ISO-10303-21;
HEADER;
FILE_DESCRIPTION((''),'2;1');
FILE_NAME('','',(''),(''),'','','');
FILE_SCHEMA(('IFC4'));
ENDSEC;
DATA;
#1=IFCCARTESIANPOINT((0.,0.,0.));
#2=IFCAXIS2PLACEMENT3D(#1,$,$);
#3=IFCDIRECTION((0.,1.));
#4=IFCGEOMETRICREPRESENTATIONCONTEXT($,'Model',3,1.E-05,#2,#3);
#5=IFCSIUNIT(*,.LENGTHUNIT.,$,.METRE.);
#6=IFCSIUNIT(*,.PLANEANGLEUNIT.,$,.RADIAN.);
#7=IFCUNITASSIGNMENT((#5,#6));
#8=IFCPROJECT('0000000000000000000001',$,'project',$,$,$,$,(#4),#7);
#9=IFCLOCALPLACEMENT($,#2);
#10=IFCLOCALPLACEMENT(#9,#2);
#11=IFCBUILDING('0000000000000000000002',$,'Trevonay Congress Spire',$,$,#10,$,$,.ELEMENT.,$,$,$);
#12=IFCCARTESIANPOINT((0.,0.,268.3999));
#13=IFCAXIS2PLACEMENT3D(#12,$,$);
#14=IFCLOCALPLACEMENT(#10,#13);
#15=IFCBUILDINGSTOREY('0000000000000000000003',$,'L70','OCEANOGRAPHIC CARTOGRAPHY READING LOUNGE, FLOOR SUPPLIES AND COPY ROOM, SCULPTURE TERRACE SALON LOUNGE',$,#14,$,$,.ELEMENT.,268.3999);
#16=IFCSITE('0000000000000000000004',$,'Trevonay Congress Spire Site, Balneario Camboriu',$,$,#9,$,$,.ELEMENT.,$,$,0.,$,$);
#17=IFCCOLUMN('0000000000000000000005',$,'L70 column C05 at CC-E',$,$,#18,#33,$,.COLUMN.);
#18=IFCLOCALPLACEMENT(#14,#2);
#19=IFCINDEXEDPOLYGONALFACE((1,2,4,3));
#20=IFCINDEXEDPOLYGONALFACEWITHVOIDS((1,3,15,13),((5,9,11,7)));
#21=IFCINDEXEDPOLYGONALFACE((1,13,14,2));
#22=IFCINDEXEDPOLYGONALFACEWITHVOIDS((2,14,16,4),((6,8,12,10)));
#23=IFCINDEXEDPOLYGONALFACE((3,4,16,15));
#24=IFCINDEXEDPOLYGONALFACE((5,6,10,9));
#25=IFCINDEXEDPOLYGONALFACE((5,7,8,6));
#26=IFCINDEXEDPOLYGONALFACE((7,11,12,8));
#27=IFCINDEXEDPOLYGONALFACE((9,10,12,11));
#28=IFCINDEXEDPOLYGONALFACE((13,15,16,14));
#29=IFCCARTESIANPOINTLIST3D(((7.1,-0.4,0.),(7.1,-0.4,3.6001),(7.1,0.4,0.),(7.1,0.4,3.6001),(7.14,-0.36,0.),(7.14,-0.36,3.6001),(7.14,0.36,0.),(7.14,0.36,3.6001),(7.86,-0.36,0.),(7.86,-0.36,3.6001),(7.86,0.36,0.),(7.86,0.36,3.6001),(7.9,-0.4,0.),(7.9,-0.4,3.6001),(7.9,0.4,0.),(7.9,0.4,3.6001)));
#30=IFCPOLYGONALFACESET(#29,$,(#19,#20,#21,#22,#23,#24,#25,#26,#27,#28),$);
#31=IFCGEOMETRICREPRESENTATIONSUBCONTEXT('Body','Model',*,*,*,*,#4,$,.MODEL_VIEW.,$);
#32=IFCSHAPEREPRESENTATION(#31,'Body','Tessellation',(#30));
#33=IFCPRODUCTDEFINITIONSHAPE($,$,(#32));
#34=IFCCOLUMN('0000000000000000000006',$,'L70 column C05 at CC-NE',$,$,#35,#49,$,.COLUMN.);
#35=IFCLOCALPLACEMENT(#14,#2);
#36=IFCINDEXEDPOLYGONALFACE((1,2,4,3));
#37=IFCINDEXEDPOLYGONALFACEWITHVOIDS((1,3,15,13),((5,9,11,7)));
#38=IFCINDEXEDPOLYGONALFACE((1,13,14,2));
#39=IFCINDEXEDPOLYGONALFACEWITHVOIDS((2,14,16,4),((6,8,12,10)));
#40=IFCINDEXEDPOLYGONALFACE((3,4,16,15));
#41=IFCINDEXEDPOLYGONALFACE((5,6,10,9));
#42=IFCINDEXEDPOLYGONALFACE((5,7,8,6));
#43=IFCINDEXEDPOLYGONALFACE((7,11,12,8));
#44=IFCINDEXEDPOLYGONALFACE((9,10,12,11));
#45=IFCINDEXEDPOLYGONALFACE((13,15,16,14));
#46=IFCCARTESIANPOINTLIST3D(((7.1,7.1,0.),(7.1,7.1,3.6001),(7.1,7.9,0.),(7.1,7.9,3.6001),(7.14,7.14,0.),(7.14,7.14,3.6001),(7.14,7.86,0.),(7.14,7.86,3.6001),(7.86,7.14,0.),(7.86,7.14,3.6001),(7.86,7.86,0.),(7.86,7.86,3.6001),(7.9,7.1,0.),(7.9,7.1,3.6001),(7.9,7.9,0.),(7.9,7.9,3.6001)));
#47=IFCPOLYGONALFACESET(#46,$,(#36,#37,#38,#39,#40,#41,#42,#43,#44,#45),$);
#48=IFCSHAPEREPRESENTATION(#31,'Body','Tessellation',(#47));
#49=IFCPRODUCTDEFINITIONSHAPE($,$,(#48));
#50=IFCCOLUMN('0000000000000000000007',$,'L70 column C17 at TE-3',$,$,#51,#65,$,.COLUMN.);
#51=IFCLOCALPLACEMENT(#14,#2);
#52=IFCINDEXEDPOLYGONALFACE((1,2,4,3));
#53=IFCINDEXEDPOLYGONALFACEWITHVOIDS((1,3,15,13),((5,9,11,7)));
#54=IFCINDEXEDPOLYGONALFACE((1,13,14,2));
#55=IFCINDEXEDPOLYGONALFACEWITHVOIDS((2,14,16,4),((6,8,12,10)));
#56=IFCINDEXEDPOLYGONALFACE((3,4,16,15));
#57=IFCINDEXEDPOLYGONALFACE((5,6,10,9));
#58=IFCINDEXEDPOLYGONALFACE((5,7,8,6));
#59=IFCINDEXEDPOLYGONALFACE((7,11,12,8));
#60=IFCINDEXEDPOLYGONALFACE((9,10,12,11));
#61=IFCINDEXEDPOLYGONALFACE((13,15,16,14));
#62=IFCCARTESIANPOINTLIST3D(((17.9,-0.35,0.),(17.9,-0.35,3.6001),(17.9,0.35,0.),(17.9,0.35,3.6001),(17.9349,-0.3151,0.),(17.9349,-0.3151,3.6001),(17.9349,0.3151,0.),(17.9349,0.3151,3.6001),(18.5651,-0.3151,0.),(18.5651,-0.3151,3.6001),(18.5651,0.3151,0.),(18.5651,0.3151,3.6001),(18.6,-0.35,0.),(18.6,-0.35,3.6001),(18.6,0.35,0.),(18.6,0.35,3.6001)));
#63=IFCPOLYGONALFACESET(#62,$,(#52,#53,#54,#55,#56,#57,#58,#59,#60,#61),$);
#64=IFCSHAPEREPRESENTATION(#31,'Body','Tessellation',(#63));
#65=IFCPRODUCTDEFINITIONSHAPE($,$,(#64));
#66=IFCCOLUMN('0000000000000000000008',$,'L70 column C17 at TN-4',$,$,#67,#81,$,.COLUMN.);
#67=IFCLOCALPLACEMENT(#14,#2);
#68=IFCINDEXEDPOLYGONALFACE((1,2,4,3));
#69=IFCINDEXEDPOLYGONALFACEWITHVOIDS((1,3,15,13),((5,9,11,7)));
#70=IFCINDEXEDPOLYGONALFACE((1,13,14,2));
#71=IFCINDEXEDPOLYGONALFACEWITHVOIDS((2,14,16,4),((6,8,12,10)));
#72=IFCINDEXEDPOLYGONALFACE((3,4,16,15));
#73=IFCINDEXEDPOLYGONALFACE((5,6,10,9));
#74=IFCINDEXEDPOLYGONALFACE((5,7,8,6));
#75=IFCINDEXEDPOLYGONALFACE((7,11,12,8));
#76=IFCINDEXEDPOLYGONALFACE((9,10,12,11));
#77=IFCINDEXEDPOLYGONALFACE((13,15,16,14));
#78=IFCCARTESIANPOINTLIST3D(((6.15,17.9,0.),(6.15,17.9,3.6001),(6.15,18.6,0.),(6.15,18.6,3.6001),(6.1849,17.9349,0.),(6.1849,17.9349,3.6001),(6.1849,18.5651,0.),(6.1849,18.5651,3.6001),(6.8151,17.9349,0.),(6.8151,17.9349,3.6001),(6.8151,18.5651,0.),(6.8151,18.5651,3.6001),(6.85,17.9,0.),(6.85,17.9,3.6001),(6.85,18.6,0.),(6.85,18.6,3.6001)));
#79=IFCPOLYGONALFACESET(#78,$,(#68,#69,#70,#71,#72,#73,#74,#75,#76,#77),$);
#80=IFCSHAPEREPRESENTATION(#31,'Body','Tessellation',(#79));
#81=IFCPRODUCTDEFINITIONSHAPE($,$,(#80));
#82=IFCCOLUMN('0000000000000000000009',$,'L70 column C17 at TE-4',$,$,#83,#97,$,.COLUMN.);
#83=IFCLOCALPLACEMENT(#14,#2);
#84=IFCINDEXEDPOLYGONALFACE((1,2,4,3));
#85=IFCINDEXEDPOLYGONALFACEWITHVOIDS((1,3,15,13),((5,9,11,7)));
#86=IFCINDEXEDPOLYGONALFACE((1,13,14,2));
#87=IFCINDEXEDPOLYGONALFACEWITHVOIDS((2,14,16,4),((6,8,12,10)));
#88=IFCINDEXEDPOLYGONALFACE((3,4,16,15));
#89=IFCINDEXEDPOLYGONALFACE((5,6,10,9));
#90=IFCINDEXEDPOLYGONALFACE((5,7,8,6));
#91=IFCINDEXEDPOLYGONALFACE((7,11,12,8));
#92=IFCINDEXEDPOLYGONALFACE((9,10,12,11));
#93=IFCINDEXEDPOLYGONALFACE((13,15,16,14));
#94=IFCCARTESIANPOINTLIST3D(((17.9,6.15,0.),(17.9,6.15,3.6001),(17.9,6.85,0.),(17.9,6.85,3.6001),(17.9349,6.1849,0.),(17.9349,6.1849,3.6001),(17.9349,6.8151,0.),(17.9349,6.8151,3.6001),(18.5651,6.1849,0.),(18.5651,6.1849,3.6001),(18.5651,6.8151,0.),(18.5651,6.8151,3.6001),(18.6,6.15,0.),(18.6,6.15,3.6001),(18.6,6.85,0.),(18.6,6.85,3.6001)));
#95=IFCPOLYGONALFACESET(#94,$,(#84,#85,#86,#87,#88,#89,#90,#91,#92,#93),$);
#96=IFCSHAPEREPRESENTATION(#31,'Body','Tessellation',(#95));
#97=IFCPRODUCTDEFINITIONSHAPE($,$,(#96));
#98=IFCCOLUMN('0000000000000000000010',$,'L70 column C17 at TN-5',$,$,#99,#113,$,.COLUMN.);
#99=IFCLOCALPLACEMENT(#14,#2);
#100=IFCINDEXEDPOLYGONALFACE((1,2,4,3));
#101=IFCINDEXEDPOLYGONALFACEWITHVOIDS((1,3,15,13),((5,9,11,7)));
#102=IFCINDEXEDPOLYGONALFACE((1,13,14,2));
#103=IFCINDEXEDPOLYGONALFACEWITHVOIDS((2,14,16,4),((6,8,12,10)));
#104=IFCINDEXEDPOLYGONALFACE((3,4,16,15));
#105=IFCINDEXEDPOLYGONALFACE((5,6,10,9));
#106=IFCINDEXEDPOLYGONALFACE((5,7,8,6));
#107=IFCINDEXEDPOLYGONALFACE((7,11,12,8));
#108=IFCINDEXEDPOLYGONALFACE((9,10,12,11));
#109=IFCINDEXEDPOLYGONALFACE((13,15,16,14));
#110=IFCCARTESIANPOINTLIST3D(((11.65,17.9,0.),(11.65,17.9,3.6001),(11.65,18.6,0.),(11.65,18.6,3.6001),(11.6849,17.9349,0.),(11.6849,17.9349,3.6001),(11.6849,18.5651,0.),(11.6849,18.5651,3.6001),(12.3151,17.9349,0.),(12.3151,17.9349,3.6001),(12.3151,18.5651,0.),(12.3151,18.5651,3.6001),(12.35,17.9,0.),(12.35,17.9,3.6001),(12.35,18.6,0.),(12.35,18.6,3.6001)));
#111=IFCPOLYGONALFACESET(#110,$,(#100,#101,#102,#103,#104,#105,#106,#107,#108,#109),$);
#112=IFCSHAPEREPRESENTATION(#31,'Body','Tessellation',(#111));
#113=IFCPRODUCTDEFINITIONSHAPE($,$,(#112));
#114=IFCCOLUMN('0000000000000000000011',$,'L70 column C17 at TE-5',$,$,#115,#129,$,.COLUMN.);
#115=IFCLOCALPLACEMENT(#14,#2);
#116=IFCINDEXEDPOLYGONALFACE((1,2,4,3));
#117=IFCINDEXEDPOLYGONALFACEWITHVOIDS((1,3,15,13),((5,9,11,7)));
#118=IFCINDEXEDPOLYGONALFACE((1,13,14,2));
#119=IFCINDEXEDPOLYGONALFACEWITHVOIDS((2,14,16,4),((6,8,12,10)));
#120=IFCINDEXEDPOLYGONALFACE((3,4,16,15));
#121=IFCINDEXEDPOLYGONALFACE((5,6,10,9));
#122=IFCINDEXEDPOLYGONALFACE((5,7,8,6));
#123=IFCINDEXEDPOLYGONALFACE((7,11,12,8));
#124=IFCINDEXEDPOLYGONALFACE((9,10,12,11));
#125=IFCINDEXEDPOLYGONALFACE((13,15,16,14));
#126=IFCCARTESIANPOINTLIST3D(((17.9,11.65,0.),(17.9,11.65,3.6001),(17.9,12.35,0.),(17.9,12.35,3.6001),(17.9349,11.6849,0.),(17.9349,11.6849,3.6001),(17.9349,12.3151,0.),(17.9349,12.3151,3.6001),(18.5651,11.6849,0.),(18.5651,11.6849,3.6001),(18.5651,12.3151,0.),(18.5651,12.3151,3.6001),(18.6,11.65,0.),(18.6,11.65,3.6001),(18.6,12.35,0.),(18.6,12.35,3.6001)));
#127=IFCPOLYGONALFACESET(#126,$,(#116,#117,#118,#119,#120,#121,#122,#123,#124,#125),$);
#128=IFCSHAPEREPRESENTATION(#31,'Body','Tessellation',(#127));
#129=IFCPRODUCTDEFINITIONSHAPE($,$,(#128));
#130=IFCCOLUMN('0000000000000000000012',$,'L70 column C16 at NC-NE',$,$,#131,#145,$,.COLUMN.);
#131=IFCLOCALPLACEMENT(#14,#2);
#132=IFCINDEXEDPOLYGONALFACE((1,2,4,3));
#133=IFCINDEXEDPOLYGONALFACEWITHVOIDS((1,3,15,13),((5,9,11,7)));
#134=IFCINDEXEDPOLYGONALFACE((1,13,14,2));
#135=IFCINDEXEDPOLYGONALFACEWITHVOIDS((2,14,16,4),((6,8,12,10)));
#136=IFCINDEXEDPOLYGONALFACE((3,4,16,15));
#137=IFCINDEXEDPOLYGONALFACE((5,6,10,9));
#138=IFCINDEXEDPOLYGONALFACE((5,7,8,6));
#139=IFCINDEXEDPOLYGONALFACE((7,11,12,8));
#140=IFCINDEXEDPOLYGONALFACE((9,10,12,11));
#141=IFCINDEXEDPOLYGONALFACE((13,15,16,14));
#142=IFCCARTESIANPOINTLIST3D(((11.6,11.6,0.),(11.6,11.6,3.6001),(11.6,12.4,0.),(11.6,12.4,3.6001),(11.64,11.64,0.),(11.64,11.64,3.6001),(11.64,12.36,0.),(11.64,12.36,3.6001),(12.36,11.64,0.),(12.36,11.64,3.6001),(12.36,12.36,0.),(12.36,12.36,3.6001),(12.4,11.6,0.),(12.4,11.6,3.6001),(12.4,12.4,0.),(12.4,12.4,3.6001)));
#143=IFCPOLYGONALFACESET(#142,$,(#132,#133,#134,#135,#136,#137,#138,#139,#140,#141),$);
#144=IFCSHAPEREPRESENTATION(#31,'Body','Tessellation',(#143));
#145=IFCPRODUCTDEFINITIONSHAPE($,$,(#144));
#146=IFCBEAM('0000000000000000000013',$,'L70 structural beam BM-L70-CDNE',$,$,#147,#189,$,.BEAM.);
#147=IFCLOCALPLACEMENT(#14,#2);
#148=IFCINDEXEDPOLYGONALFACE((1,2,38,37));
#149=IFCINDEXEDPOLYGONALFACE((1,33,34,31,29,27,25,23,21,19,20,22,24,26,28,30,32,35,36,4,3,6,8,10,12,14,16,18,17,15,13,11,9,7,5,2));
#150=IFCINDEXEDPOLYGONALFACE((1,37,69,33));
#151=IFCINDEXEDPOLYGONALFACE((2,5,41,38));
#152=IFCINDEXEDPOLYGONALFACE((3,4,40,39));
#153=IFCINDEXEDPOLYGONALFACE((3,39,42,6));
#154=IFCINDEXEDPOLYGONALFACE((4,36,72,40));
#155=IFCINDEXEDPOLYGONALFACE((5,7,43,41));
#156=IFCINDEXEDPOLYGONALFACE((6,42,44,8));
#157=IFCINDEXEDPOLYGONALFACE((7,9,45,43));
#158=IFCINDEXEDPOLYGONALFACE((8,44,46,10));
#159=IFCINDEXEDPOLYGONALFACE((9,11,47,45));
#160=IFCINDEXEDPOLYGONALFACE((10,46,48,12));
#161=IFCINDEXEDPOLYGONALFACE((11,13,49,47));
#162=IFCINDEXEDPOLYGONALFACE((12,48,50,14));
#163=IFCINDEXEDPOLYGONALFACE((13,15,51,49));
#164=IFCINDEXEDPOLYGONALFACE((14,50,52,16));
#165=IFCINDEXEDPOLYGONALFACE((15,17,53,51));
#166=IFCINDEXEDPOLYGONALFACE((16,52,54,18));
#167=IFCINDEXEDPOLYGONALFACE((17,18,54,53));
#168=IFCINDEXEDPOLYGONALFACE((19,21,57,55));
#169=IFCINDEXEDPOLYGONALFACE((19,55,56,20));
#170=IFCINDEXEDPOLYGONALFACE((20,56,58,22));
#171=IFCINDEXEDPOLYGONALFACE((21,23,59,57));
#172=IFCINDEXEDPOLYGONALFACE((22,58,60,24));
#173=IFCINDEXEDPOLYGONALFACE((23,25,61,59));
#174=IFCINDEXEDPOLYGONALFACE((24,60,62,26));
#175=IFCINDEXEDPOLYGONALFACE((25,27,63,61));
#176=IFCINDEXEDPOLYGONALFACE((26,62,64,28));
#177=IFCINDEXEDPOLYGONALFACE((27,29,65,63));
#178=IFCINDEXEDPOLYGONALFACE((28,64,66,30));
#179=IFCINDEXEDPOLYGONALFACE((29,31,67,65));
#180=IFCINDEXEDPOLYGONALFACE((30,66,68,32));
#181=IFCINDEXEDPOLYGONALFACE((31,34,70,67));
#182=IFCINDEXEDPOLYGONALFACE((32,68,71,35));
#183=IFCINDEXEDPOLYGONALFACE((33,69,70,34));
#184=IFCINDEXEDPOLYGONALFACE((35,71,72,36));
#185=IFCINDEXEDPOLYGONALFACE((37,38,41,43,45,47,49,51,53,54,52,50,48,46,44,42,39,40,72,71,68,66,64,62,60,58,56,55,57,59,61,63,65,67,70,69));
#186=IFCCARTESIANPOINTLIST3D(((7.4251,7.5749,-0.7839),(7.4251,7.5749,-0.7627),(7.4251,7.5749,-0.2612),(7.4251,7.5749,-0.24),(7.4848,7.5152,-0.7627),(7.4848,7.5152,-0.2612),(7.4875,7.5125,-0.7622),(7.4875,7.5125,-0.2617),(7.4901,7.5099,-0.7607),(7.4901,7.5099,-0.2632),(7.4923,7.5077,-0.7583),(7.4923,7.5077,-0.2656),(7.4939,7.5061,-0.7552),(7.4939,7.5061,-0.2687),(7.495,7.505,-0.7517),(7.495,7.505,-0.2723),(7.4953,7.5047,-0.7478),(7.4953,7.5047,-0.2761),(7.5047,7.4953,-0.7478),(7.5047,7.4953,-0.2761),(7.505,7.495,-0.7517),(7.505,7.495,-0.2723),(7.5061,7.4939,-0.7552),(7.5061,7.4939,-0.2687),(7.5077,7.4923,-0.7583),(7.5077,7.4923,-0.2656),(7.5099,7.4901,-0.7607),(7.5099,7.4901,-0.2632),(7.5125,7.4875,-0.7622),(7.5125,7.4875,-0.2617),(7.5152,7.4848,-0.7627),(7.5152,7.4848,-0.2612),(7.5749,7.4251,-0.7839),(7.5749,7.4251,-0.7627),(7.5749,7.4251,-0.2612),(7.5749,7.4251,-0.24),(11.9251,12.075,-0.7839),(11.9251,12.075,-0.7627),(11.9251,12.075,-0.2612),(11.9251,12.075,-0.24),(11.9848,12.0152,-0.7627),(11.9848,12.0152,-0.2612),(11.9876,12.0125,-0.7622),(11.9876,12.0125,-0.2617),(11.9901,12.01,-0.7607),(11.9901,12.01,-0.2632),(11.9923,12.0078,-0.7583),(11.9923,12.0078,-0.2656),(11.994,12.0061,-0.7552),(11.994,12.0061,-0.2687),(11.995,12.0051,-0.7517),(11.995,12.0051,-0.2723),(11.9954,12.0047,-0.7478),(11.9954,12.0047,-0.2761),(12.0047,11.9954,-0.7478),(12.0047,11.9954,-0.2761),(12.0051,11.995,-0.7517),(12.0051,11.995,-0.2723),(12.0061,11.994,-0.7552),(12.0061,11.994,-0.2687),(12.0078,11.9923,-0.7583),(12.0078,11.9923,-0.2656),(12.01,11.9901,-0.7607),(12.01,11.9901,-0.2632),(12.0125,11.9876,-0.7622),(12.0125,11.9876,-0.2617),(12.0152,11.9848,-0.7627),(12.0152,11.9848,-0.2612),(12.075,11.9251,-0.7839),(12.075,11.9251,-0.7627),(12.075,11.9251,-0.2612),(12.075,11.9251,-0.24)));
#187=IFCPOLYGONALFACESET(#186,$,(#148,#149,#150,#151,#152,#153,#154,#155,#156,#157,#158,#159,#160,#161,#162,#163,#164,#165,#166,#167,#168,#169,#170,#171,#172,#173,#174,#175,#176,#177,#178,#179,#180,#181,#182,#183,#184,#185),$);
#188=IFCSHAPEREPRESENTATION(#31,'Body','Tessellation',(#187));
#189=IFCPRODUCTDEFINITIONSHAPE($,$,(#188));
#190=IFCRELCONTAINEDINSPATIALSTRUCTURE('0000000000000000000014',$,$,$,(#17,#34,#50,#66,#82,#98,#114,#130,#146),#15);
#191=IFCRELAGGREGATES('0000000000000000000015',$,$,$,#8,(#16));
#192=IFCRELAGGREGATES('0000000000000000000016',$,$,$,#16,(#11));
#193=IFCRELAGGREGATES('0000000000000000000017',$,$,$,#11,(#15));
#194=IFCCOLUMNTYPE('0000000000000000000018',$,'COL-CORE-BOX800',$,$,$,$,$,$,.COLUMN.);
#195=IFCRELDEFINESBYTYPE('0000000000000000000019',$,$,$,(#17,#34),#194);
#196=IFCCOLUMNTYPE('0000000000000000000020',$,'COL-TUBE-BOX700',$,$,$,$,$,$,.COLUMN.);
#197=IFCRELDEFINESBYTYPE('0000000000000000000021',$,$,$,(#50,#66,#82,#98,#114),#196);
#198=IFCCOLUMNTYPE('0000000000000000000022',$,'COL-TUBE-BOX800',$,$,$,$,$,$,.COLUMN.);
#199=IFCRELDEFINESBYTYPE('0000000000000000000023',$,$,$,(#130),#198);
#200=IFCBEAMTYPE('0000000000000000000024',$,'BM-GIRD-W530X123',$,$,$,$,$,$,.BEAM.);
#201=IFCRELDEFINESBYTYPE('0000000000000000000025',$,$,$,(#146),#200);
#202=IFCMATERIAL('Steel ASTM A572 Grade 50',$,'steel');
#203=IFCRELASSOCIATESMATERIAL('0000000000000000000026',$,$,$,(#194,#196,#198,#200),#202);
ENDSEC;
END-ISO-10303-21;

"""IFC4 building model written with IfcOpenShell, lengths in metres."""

from ifc_helpers import new_model, si_unit, direction, frame, origin, origin_2d, place, context, subcontext, project, spatial, hollow_rectangle, i_section, extrude, material, material_profile, profile_set, type_object, element, save


model = new_model("IFC4")

# Units and contexts
model_context = context("Model", 3, precision=1e-05, world=origin(), true_north=direction((0.0, 1.0)))
body_context = subcontext(model_context, "Body", "Model", "MODEL_VIEW")
ifc_project = project(units=[si_unit("LENGTHUNIT", "METRE"), si_unit("PLANEANGLEUNIT", "RADIAN")], contexts=[model_context])

# Site, building, storey
site_placement = place(None, origin())
site = spatial("IfcSite", under=ifc_project, at=site_placement, Name="Trevonay Congress Spire Site, Balneario Camboriu", CompositionType="ELEMENT", RefElevation=0.0)
building_placement = place(site_placement, origin())
building = spatial("IfcBuilding", under=site, at=building_placement, Name="Trevonay Congress Spire", CompositionType="ELEMENT")
storey_placement = place(building_placement, frame((0.0, 0.0, 268.3999)))
storey = spatial("IfcBuildingStorey", under=building, at=storey_placement, Name="L70", Description="OCEANOGRAPHIC CARTOGRAPHY READING LOUNGE, FLOOR SUPPLIES AND COPY ROOM, SCULPTURE TERRACE SALON LOUNGE", CompositionType="ELEMENT", Elevation=268.3999)

# Columns
ifc_material_1 = material(Name="Steel ASTM A572 Grade 50", Category="steel")
ifc_material_profile_1 = material_profile(ifc_material_1, hollow_rectangle(XDim=0.8, YDim=0.8, WallThickness=0.04, at=origin_2d()), Name="BOX 800x800x40")
ifc_profile_set_1 = profile_set([ifc_material_profile_1], Name="Steel ASTM A572 Grade 50")
column_type_1 = type_object("IfcColumnType", Name="COL-CORE-BOX800", PredefinedType="COLUMN", material=ifc_profile_set_1)
for number, where, z_axis, x_axis, name in (
    (1, (7.5, 0.0, 0.0), (0.0, 0.0, 1.0), (1.0, 0.0, 0.0), "L70 column C05 at CC-E"),
    (2, (7.5, 7.5, 0.0), (0.0, 0.0, 1.0), (1.0, 0.0, 0.0), "L70 column C05 at CC-NE"),
):
    element("IfcColumn", number, at=place(storey_placement, frame(where, z_axis=z_axis, x_axis=x_axis)), inside=storey, type_object=column_type_1, Name=name, PredefinedType="COLUMN", context=body_context, shape_type="SweptSolid", body=[
        extrude(hollow_rectangle(XDim=0.8, YDim=0.8, WallThickness=0.04, at=origin_2d()), origin(), (0.0, 0.0, 1.0), 3.6001),
    ])
ifc_material_profile_2 = material_profile(ifc_material_1, hollow_rectangle(XDim=0.7, YDim=0.7, WallThickness=0.0349, at=origin_2d()), Name="BOX 700x700x35")
ifc_profile_set_2 = profile_set([ifc_material_profile_2], Name="Steel ASTM A572 Grade 50")
column_type_2 = type_object("IfcColumnType", Name="COL-TUBE-BOX700", PredefinedType="COLUMN", material=ifc_profile_set_2)
for number, where, z_axis, x_axis, name in (
    (3, (18.25, 0.0, 0.0), (0.0, 0.0, 1.0), (1.0, 0.0, 0.0), "L70 column C17 at TE-3"),
    (4, (6.5, 18.25, 0.0), (0.0, 0.0, 1.0), (1.0, 0.0, 0.0), "L70 column C17 at TN-4"),
    (5, (18.25, 6.5, 0.0), (0.0, 0.0, 1.0), (1.0, 0.0, 0.0), "L70 column C17 at TE-4"),
    (6, (12.0, 18.25, 0.0), (0.0, 0.0, 1.0), (1.0, 0.0, 0.0), "L70 column C17 at TN-5"),
    (7, (18.25, 12.0, 0.0), (0.0, 0.0, 1.0), (1.0, 0.0, 0.0), "L70 column C17 at TE-5"),
):
    element("IfcColumn", number, at=place(storey_placement, frame(where, z_axis=z_axis, x_axis=x_axis)), inside=storey, type_object=column_type_2, Name=name, PredefinedType="COLUMN", context=body_context, shape_type="SweptSolid", body=[
        extrude(hollow_rectangle(XDim=0.7, YDim=0.7, WallThickness=0.0349, at=origin_2d()), origin(), (0.0, 0.0, 1.0), 3.6001),
    ])
ifc_material_profile_3 = material_profile(ifc_material_1, hollow_rectangle(XDim=0.8, YDim=0.8, WallThickness=0.04, at=origin_2d()), Name="BOX 800x800x40")
ifc_profile_set_3 = profile_set([ifc_material_profile_3], Name="Steel ASTM A572 Grade 50")
column_type_3 = type_object("IfcColumnType", Name="COL-TUBE-BOX800", PredefinedType="COLUMN", material=ifc_profile_set_3)
column_placement = place(storey_placement, frame((12.0, 12.0, 0.0), z_axis=(0.0, 0.0, 1.0), x_axis=(1.0, 0.0, 0.0)))
element("IfcColumn", 8, at=column_placement, inside=storey, type_object=column_type_3, Name="L70 column C16 at NC-NE", PredefinedType="COLUMN", context=body_context, shape_type="SweptSolid", body=[
    extrude(hollow_rectangle(XDim=0.8, YDim=0.8, WallThickness=0.04, at=origin_2d()), origin(), (0.0, 0.0, 1.0), 3.6001),
])

# Beam
ifc_material_profile_4 = material_profile(ifc_material_1, i_section(OverallWidth=0.2119, OverallDepth=0.5439, WebThickness=0.0132, FlangeThickness=0.0212, FilletRadius=0.0149, at=origin_2d()), Name="W530x123")
ifc_profile_set_4 = profile_set([ifc_material_profile_4], Name="Steel ASTM A572 Grade 50")
beam_type_1 = type_object("IfcBeamType", Name="BM-GIRD-W530X123", PredefinedType="BEAM", material=ifc_profile_set_4)
beam_1_placement = place(storey_placement, frame((7.5, 7.5, -0.512), z_axis=(0.707107, 0.707107, 0.0), x_axis=(-0.707107, 0.707107, 0.0)))
element("IfcBeam", 9, at=beam_1_placement, inside=storey, type_object=beam_type_1, Name="L70 structural beam BM-L70-CDNE", PredefinedType="BEAM", context=body_context, shape_type="SweptSolid", body=[
    extrude(i_section(OverallWidth=0.2119, OverallDepth=0.5439, WebThickness=0.0132, FlangeThickness=0.0212, FilletRadius=0.0149, at=origin_2d()), origin(), (0.0, 0.0, 1.0), 6.364),
])

save(model, "model.ifc")
